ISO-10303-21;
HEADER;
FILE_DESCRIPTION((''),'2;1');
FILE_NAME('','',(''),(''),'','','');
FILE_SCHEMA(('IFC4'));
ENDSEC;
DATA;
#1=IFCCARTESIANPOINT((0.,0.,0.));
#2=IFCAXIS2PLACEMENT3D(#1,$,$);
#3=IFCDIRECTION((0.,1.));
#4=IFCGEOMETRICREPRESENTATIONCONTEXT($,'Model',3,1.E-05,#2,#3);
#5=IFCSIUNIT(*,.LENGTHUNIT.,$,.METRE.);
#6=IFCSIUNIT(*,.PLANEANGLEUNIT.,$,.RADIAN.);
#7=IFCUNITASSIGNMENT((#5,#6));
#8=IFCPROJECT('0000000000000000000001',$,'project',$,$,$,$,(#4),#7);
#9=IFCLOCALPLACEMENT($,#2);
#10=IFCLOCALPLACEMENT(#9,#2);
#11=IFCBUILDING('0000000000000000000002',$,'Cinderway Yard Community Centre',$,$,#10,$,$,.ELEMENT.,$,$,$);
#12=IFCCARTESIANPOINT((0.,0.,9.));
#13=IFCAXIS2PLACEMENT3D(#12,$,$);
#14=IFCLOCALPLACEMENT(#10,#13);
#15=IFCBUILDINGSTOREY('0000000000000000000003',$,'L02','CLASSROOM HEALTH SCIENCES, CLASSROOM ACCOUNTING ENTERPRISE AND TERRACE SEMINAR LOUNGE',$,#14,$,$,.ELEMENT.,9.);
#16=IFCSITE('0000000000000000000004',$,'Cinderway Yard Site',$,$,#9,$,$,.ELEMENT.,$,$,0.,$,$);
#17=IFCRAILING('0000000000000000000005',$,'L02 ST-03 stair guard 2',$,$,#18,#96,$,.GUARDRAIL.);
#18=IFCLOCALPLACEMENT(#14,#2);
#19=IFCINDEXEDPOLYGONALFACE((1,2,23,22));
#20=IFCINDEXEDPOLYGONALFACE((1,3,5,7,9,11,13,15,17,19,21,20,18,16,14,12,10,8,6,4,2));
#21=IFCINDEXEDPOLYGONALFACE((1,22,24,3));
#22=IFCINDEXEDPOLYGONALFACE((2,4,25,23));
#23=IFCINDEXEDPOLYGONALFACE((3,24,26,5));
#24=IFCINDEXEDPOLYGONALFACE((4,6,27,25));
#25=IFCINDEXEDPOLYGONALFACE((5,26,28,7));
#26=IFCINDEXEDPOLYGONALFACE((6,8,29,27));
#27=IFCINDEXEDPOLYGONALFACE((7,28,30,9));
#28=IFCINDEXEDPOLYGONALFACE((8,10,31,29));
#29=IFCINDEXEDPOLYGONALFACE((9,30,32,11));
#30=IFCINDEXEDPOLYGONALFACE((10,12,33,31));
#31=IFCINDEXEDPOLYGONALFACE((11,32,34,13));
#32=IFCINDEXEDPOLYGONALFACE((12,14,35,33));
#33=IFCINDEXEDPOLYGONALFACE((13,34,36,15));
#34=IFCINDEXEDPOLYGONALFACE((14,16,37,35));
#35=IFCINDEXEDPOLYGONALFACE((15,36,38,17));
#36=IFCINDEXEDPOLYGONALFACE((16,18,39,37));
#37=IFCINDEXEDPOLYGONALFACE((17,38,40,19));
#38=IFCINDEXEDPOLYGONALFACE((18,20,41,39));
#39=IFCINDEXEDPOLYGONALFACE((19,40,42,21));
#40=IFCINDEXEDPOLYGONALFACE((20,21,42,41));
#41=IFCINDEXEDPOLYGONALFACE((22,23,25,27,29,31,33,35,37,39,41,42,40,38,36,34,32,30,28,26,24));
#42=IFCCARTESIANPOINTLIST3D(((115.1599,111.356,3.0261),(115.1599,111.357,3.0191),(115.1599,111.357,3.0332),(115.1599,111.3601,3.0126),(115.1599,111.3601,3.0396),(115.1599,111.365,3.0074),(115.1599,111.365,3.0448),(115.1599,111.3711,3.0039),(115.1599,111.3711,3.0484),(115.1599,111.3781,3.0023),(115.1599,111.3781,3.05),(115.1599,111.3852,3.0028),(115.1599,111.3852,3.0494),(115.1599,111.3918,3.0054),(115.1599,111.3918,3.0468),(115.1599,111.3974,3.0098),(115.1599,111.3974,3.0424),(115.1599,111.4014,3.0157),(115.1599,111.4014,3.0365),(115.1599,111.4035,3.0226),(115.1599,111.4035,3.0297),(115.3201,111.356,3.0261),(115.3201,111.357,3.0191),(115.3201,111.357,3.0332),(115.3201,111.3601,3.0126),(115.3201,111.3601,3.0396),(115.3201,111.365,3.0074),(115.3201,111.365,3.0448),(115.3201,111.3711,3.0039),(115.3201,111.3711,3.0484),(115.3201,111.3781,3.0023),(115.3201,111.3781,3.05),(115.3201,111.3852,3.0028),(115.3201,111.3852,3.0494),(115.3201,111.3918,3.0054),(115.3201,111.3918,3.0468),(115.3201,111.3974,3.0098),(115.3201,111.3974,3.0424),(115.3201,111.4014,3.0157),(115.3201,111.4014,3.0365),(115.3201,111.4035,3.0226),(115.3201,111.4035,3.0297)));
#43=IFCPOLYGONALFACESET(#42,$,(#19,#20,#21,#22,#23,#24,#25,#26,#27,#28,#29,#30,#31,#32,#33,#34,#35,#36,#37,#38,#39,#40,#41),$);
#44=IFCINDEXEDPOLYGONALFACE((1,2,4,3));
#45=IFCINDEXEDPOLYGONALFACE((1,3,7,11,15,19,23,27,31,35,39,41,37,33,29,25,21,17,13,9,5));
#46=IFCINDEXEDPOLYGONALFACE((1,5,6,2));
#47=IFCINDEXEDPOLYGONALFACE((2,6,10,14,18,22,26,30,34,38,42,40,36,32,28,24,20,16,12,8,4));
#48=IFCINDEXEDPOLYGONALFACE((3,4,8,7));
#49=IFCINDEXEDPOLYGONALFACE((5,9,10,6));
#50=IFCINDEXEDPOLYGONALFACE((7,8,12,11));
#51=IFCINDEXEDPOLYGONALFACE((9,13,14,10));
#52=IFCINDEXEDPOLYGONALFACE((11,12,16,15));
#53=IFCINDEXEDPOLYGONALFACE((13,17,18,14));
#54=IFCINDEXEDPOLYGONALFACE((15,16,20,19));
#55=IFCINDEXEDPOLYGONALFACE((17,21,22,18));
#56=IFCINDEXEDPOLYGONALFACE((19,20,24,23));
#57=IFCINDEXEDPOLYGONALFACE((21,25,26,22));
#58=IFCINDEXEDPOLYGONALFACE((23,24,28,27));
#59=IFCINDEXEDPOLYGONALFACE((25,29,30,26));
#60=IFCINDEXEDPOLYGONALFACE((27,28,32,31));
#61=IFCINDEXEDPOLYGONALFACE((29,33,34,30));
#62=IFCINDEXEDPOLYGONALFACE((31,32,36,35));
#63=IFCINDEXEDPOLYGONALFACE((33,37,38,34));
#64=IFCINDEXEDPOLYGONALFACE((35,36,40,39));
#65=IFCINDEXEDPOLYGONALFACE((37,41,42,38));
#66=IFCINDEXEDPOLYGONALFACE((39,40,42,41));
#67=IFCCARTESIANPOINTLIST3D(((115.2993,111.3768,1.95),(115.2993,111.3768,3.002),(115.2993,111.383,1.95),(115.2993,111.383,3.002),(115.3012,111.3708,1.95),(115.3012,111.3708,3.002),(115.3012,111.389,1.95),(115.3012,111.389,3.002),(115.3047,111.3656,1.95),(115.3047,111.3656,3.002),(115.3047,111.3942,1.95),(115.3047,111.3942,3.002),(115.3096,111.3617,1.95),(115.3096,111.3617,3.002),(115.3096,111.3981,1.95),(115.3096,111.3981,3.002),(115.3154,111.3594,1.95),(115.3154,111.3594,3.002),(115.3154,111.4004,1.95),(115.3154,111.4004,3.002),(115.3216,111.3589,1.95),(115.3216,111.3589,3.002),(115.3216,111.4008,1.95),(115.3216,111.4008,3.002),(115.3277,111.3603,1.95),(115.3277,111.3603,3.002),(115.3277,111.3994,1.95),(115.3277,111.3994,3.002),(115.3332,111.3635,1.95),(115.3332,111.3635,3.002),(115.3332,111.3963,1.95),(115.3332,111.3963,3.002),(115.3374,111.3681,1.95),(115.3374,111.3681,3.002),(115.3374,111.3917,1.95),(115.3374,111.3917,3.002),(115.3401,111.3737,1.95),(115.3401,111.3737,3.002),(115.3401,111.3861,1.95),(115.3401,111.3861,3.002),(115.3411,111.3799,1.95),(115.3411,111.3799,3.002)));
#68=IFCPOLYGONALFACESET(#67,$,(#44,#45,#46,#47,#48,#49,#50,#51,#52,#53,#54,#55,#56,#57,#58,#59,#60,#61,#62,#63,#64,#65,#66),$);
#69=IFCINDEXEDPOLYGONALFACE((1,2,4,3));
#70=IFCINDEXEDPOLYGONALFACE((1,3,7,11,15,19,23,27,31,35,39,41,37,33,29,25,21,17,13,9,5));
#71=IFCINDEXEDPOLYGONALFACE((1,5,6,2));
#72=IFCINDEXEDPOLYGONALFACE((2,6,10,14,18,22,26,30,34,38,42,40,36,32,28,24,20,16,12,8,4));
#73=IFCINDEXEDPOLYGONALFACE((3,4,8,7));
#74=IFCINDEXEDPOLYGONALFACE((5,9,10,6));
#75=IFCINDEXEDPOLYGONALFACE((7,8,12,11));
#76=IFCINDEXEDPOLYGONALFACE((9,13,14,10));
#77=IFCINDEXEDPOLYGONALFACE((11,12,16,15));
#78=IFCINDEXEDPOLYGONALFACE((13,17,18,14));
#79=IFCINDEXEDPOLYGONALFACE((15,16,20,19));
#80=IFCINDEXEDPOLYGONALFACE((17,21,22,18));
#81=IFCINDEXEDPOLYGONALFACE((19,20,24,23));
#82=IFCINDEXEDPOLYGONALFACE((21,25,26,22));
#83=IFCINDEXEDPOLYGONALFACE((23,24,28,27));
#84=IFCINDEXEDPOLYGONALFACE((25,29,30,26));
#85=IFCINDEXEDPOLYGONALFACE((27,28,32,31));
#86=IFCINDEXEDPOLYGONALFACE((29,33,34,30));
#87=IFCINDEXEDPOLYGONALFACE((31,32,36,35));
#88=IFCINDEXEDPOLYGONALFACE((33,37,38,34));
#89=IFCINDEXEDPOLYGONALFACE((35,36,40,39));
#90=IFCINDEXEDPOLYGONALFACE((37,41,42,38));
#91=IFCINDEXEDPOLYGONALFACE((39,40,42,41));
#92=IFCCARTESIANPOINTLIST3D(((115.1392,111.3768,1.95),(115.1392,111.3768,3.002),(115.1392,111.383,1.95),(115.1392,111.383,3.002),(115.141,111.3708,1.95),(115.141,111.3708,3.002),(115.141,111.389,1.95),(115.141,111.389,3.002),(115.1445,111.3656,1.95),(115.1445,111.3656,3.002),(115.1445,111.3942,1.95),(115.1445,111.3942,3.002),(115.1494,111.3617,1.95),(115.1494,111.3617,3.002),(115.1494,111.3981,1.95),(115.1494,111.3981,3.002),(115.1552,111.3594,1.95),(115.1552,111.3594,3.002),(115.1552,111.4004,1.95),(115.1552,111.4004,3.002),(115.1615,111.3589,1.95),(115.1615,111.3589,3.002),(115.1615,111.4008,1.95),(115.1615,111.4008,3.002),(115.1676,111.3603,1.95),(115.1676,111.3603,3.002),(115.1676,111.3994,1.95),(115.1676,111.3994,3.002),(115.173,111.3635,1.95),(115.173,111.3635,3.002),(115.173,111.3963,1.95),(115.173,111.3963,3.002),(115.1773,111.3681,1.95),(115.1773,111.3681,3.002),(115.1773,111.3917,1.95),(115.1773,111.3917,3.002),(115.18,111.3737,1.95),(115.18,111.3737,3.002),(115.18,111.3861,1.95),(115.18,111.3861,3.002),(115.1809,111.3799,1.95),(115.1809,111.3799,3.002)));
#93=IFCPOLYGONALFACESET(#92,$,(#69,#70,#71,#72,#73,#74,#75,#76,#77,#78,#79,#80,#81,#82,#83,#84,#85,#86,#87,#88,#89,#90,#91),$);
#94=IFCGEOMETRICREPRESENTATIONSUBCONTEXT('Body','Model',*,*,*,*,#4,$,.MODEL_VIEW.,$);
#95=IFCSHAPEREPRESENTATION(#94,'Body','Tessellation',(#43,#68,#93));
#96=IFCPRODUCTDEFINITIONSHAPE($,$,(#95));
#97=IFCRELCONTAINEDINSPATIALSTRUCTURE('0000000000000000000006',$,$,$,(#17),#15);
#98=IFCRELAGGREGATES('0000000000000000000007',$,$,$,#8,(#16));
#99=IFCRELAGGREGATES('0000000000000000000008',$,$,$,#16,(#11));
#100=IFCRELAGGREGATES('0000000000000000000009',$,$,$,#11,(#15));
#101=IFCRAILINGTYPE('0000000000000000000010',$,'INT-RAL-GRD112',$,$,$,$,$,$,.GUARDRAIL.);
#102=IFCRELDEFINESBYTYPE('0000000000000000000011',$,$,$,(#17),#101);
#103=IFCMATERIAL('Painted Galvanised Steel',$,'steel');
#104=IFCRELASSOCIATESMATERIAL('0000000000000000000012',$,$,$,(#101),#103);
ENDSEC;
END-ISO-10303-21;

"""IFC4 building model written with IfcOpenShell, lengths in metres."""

from ifc_helpers import new_model, si_unit, direction, frame, origin, origin_2d, place, context, subcontext, project, spatial, circle, extrude, material, type_object, element, save


model = new_model("IFC4")

# Units and contexts
model_context = context("Model", 3, precision=1e-05, world=origin(), true_north=direction((0.0, 1.0)))
body_context = subcontext(model_context, "Body", "Model", "MODEL_VIEW")
ifc_project = project(units=[si_unit("LENGTHUNIT", "METRE"), si_unit("PLANEANGLEUNIT", "RADIAN")], contexts=[model_context])

# Site, building, storey
site_placement = place(None, origin())
site = spatial("IfcSite", under=ifc_project, at=site_placement, Name="Cinderway Yard Site", CompositionType="ELEMENT", RefElevation=0.0)
building_placement = place(site_placement, origin())
building = spatial("IfcBuilding", under=site, at=building_placement, Name="Cinderway Yard Community Centre", CompositionType="ELEMENT")
storey_placement = place(building_placement, frame((0.0, 0.0, 9.0)))
storey = spatial("IfcBuildingStorey", under=building, at=storey_placement, Name="L02", Description="CLASSROOM HEALTH SCIENCES, CLASSROOM ACCOUNTING ENTERPRISE AND TERRACE SEMINAR LOUNGE", CompositionType="ELEMENT", Elevation=9.0)

# Railing
ifc_material_1 = material(Name="Painted Galvanised Steel", Category="steel")
railing_type_1 = type_object("IfcRailingType", Name="INT-RAL-GRD112", PredefinedType="GUARDRAIL", material=ifc_material_1)
railing_1_placement = place(storey_placement, frame((115.3201, 111.3799, 1.95)))
element("IfcRailing", 1, at=railing_1_placement, inside=storey, type_object=railing_type_1, Name="L02 ST-03 stair guard 2", PredefinedType="GUARDRAIL", context=body_context, shape_type="SweptSolid", body=[
    extrude(circle(Radius=0.0239, at=origin_2d()), frame((0.0, 0.0, 1.0762), z_axis=(-1.0, 0.0, 0.0), x_axis=(0.0, -1.0, 0.0)), (0.0, 0.0, 1.0), 0.1602),
    extrude(circle(Radius=0.021, at=origin_2d()), origin(), (0.0, 0.0, 1.0), 1.052),
    extrude(circle(Radius=0.021, at=origin_2d()), frame((-0.1602, 0.0, 0.0)), (0.0, 0.0, 1.0), 1.052),
])

save(model, "model.ifc")
